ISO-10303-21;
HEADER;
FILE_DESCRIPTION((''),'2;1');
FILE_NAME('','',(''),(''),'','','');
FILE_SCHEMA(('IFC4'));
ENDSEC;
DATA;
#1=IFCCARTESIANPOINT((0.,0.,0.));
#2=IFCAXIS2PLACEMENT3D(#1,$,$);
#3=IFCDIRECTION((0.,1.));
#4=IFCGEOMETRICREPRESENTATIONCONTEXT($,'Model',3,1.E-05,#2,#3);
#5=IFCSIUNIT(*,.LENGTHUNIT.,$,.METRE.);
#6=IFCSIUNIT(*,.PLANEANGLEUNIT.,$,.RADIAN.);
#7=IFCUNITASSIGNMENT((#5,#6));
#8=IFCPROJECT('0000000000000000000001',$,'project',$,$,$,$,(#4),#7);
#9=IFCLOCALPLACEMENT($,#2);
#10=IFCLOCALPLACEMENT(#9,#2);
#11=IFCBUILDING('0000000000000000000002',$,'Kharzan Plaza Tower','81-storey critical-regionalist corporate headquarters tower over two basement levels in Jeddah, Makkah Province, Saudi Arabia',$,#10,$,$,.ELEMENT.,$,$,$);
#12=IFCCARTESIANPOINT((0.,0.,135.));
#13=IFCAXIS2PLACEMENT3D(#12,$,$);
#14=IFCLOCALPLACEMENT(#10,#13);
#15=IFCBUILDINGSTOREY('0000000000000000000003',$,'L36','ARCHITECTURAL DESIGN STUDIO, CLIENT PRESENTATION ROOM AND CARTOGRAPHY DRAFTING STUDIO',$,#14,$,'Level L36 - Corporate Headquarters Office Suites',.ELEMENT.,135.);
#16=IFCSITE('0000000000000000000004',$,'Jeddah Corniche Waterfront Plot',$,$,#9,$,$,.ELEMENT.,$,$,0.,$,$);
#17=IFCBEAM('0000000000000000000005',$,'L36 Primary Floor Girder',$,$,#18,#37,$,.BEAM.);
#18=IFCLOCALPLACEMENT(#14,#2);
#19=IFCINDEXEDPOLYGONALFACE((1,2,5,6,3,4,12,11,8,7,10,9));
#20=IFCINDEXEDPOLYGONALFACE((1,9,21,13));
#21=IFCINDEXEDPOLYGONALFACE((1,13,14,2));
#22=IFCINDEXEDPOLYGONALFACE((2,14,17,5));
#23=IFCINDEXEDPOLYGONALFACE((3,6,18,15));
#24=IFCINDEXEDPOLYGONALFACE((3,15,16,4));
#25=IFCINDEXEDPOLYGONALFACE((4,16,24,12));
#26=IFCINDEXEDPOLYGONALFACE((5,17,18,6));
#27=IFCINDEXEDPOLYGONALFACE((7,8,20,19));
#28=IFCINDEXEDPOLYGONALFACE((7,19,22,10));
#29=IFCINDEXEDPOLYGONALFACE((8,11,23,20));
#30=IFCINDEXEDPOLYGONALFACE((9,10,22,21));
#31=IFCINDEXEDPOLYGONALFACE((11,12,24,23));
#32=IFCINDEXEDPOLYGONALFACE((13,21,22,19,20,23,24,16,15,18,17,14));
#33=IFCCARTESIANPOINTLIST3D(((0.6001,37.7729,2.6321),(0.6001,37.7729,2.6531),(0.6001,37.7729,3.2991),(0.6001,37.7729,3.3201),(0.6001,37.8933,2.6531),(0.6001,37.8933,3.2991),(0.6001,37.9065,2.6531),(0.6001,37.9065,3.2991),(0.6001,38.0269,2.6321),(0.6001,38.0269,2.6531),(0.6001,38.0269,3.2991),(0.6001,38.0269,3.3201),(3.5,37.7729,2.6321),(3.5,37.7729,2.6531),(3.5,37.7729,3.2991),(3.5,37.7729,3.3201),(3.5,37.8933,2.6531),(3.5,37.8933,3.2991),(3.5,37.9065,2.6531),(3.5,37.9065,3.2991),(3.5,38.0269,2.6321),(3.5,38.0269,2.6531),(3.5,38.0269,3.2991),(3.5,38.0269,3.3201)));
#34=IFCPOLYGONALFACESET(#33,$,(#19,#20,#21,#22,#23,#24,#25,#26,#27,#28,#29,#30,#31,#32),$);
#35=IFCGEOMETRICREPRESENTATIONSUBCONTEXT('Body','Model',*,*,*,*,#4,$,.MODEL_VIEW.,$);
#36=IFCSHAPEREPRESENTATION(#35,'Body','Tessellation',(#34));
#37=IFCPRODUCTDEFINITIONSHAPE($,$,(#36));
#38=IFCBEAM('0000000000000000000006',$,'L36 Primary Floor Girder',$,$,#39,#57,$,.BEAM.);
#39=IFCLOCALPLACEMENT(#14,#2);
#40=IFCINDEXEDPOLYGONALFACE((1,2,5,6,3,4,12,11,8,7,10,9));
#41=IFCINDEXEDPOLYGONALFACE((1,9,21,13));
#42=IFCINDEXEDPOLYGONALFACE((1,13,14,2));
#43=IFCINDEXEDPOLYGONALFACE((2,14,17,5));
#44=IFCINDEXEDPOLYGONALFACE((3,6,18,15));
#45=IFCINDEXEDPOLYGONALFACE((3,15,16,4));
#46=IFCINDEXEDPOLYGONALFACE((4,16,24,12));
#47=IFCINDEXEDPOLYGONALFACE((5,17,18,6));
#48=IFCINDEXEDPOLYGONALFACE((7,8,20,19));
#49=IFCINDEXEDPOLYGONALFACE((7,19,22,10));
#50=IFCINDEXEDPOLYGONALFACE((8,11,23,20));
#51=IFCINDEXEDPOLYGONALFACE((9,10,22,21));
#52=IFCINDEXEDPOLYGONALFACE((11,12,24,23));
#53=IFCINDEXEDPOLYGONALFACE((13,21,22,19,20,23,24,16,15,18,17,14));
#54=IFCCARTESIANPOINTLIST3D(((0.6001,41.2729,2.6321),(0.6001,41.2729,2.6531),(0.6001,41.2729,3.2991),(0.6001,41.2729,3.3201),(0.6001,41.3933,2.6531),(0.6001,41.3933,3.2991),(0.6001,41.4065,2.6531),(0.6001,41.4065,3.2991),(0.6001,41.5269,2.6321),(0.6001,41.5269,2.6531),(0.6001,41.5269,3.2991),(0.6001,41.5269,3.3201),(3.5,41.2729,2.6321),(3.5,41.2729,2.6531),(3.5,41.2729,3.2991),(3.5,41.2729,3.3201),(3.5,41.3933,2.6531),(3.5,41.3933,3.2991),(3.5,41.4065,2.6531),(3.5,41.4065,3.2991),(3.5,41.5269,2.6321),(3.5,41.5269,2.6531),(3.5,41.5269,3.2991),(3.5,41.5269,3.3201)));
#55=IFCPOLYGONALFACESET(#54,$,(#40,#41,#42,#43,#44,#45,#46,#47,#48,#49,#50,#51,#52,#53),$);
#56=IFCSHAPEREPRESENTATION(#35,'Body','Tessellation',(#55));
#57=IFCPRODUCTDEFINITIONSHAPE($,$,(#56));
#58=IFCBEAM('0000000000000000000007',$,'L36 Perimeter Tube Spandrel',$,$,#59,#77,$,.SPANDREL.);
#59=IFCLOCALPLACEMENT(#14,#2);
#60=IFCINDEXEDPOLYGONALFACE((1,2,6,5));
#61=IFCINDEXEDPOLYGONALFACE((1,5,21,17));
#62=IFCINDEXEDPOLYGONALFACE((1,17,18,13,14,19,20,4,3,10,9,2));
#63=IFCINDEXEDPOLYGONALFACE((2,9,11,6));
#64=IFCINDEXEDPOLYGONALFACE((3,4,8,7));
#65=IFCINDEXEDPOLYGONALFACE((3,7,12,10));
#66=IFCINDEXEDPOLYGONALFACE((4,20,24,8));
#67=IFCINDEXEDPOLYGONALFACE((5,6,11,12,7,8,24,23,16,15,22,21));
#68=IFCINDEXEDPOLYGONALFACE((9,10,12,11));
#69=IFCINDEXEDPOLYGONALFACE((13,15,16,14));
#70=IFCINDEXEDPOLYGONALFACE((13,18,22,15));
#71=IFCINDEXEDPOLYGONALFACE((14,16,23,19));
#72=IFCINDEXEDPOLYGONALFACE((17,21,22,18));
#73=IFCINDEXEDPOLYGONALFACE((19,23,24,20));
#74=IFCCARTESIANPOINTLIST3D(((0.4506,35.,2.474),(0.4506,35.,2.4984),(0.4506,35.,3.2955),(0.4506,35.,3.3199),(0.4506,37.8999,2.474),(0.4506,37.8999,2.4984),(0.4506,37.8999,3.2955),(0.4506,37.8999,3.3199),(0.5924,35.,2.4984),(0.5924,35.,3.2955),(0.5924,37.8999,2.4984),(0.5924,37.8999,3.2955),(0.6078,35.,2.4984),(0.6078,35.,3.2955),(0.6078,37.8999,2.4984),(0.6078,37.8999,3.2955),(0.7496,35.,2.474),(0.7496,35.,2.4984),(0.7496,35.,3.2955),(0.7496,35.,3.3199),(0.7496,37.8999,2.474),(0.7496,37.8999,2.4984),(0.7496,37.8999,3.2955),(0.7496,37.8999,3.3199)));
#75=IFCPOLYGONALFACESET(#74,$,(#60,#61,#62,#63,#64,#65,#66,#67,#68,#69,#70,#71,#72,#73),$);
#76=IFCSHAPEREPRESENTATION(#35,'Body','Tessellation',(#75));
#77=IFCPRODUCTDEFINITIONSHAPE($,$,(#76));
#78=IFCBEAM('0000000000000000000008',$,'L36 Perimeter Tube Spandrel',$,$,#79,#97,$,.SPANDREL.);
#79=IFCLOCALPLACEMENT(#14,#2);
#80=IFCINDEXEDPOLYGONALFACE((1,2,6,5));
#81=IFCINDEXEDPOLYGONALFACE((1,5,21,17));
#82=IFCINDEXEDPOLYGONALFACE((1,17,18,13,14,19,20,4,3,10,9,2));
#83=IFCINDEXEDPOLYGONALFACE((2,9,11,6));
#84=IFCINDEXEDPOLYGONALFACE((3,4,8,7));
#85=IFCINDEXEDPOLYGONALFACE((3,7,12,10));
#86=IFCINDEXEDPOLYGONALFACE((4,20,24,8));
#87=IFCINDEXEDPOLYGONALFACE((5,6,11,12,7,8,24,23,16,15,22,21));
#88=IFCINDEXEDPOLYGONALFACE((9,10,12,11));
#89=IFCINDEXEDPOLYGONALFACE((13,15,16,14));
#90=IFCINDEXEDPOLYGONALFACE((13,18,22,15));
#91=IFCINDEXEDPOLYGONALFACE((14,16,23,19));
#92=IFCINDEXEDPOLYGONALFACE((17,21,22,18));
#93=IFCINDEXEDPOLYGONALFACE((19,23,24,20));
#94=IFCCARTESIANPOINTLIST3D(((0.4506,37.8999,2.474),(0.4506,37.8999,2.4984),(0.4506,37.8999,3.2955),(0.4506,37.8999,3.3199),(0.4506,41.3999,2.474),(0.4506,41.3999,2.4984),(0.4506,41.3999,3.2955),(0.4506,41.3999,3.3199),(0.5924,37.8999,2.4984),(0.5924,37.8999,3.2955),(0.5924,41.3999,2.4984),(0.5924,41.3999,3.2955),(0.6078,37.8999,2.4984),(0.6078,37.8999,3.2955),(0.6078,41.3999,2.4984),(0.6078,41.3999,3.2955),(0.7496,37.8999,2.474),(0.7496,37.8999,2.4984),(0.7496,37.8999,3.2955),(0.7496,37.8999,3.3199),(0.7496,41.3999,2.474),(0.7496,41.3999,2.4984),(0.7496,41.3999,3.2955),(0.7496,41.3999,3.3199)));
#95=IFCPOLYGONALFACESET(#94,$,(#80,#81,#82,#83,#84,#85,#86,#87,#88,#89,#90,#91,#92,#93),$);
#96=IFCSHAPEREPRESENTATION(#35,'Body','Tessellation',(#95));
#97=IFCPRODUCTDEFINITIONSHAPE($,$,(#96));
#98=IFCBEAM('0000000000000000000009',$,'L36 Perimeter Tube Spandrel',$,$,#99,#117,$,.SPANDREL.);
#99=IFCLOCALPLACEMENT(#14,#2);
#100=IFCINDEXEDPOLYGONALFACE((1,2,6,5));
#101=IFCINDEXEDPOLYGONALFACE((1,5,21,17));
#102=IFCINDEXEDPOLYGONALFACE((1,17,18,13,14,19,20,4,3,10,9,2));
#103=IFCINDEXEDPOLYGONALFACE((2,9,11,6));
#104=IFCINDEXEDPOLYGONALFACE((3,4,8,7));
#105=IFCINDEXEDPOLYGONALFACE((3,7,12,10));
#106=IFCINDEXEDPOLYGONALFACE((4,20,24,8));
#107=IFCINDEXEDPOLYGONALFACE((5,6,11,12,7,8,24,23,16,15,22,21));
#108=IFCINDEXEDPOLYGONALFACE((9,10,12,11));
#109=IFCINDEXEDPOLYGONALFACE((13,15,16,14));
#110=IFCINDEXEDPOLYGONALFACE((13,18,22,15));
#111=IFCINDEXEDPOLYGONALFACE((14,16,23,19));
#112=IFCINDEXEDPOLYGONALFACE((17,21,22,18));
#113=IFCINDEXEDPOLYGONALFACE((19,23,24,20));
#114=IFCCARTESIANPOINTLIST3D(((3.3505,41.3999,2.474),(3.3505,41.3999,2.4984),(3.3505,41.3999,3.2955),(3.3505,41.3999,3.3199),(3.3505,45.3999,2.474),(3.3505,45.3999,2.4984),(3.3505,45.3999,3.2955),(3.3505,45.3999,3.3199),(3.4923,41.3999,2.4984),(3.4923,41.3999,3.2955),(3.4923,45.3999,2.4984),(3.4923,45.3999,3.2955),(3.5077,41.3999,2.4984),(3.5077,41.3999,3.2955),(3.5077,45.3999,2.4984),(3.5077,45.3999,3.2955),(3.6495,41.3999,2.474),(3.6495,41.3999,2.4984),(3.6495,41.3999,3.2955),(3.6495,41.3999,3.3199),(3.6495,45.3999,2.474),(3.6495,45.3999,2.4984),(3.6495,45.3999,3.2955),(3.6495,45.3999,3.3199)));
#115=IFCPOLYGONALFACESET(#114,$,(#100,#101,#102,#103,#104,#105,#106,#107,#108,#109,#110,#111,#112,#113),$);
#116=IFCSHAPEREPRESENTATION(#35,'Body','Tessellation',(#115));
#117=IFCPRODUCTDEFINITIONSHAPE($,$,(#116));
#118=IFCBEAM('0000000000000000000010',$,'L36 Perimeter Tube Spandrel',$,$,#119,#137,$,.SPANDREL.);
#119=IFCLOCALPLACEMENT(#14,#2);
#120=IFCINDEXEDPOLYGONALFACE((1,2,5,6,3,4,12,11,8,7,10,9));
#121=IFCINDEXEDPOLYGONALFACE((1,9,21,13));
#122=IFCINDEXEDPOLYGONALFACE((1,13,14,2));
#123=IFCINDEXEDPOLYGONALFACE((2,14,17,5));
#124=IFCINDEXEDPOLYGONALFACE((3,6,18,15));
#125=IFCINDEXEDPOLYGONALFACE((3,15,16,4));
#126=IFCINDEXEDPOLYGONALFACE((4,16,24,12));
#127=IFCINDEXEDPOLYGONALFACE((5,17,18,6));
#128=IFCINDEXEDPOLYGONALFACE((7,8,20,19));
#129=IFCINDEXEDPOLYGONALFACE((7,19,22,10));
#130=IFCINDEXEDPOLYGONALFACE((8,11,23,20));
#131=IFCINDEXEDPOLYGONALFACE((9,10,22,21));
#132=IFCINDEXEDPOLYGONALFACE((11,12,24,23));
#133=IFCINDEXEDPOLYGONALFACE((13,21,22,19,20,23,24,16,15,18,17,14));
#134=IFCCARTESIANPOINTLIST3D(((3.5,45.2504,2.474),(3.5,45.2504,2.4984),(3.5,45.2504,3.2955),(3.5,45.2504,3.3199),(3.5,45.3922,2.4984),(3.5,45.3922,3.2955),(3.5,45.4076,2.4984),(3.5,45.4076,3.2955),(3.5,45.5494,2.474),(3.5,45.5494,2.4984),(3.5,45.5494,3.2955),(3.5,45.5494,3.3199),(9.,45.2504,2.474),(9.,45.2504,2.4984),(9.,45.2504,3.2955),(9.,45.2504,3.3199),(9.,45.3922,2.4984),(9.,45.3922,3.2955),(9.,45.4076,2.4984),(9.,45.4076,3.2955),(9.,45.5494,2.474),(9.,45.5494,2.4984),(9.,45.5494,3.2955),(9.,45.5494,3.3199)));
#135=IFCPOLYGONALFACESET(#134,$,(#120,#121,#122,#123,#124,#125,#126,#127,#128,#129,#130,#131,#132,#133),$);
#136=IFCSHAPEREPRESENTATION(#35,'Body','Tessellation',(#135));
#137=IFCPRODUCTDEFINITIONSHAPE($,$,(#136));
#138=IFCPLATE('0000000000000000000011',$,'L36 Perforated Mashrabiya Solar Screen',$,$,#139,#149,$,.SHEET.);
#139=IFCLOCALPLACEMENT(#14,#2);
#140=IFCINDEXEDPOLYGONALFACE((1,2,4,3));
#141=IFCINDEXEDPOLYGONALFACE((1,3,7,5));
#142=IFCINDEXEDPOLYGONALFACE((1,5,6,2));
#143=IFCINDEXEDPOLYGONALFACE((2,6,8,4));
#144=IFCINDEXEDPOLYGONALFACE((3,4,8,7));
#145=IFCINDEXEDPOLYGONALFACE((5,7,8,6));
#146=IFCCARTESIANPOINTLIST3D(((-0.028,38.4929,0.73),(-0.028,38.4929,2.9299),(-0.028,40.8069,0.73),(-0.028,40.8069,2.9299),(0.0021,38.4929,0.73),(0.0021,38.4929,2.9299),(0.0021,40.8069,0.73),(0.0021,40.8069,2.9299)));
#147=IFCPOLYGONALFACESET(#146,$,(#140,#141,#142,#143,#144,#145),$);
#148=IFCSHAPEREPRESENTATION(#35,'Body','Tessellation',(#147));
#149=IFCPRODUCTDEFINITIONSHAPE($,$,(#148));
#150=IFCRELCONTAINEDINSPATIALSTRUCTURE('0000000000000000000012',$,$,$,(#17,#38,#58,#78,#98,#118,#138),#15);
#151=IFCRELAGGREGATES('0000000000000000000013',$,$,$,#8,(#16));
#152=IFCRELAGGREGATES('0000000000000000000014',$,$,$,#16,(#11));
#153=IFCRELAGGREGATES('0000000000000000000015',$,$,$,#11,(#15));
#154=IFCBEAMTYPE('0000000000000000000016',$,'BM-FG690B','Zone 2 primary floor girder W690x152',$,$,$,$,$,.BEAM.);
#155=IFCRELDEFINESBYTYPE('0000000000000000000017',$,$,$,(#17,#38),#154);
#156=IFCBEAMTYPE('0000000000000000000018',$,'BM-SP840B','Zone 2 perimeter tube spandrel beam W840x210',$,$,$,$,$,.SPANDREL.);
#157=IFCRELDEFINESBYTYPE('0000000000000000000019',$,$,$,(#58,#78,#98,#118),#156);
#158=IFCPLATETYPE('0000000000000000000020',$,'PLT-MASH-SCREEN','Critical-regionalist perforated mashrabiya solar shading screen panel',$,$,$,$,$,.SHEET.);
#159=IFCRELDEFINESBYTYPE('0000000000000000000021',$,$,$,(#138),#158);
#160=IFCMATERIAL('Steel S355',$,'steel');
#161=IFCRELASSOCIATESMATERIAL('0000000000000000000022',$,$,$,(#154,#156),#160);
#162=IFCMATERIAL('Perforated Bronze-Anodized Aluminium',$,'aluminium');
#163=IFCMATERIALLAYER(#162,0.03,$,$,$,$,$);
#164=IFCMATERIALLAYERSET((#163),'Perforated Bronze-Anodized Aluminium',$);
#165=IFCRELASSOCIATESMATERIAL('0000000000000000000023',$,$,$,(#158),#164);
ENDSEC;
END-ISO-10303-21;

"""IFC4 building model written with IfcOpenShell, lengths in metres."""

from ifc_helpers import new_model, si_unit, direction, frame, origin, origin_2d, place, context, subcontext, project, spatial, rectangle, i_section, extrude, source, transform, mapped, material, layer, layer_set, material_profile, profile_set, type_object, element, save


model = new_model("IFC4")

# Units and contexts
model_context = context("Model", 3, precision=1e-05, world=origin(), true_north=direction((0.0, 1.0)))
body_context = subcontext(model_context, "Body", "Model", "MODEL_VIEW")
ifc_project = project(units=[si_unit("LENGTHUNIT", "METRE"), si_unit("PLANEANGLEUNIT", "RADIAN")], contexts=[model_context])

# Site, building, storey
site_placement = place(None, origin())
site = spatial("IfcSite", under=ifc_project, at=site_placement, Name="Jeddah Corniche Waterfront Plot", CompositionType="ELEMENT", RefElevation=0.0)
building_placement = place(site_placement, origin())
building = spatial("IfcBuilding", under=site, at=building_placement, Name="Kharzan Plaza Tower", Description="81-storey critical-regionalist corporate headquarters tower over two basement levels in Jeddah, Makkah Province, Saudi Arabia", CompositionType="ELEMENT")
storey_placement = place(building_placement, frame((0.0, 0.0, 135.0)))
storey = spatial("IfcBuildingStorey", under=building, at=storey_placement, Name="L36", Description="ARCHITECTURAL DESIGN STUDIO, CLIENT PRESENTATION ROOM AND CARTOGRAPHY DRAFTING STUDIO", LongName="Level L36 - Corporate Headquarters Office Suites", CompositionType="ELEMENT", Elevation=135.0)

# Beams
ifc_material_1 = material(Name="Steel S355", Category="steel")
ifc_material_profile_1 = material_profile(ifc_material_1, i_section(OverallWidth=0.2539, OverallDepth=0.688, WebThickness=0.0132, FlangeThickness=0.021, at=origin_2d()), Name="W690x152")
ifc_profile_set_1 = profile_set([ifc_material_profile_1], Name="Steel S355")
beam_type_1 = type_object("IfcBeamType", Name="BM-FG690B", Description="Zone 2 primary floor girder W690x152", PredefinedType="BEAM", material=ifc_profile_set_1)
shared_shape_1 = source(origin(), body_context, "Body", "SweptSolid", [
    extrude(i_section(OverallWidth=0.2539, OverallDepth=0.688, WebThickness=0.0132, FlangeThickness=0.021, at=origin_2d()), origin(), (0.0, 0.0, 1.0), 2.8999),
])
for number, where, z_axis, x_axis, name in (
    (1, (0.6001, 37.8999, 2.9761), (1.0, 0.0, 0.0), (0.0, 1.0, 0.0), "L36 Primary Floor Girder"),
    (2, (0.6001, 41.3999, 2.9761), (1.0, 0.0, 0.0), (0.0, 1.0, 0.0), "L36 Primary Floor Girder"),
):
    element("IfcBeam", number, at=place(storey_placement, frame(where, z_axis=z_axis, x_axis=x_axis)), inside=storey, type_object=beam_type_1, Name=name, PredefinedType="BEAM", context=body_context, shape_type="MappedRepresentation", body=[
        mapped(shared_shape_1, transform((0.0, 0.0, 0.0), x_axis=(1.0, 0.0, 0.0), y_axis=(0.0, 1.0, 0.0), z_axis=(0.0, 0.0, 1.0))),
    ])
ifc_material_profile_2 = material_profile(ifc_material_1, i_section(OverallWidth=0.2991, OverallDepth=0.8459, WebThickness=0.0154, FlangeThickness=0.0244, at=origin_2d()), Name="W840x210")
ifc_profile_set_2 = profile_set([ifc_material_profile_2], Name="Steel S355")
beam_type_2 = type_object("IfcBeamType", Name="BM-SP840B", Description="Zone 2 perimeter tube spandrel beam W840x210", PredefinedType="SPANDREL", material=ifc_profile_set_2)
shared_shape_2 = source(origin(), body_context, "Body", "SweptSolid", [
    extrude(i_section(OverallWidth=0.2991, OverallDepth=0.8459, WebThickness=0.0154, FlangeThickness=0.0244, at=origin_2d()), origin(), (0.0, 0.0, 1.0), 2.8999),
])
beam_1_placement = place(storey_placement, frame((0.6001, 35.0, 2.897), z_axis=(0.0, 1.0, 0.0), x_axis=(-1.0, 0.0, 0.0)))
element("IfcBeam", 3, at=beam_1_placement, inside=storey, type_object=beam_type_2, Name="L36 Perimeter Tube Spandrel", PredefinedType="SPANDREL", context=body_context, shape_type="MappedRepresentation", body=[
    mapped(shared_shape_2, transform((0.0, 0.0, 0.0), x_axis=(1.0, 0.0, 0.0), y_axis=(0.0, 1.0, 0.0), z_axis=(0.0, 0.0, 1.0))),
])
shared_shape_3 = source(origin(), body_context, "Body", "SweptSolid", [
    extrude(i_section(OverallWidth=0.2991, OverallDepth=0.8459, WebThickness=0.0154, FlangeThickness=0.0244, at=origin_2d()), origin(), (0.0, 0.0, 1.0), 3.5),
])
beam_2_placement = place(storey_placement, frame((0.6001, 37.8999, 2.897), z_axis=(0.0, 1.0, 0.0), x_axis=(-1.0, 0.0, 0.0)))
element("IfcBeam", 4, at=beam_2_placement, inside=storey, type_object=beam_type_2, Name="L36 Perimeter Tube Spandrel", PredefinedType="SPANDREL", context=body_context, shape_type="MappedRepresentation", body=[
    mapped(shared_shape_3, transform((0.0, 0.0, 0.0), x_axis=(1.0, 0.0, 0.0), y_axis=(0.0, 1.0, 0.0), z_axis=(0.0, 0.0, 1.0))),
])
shared_shape_4 = source(origin(), body_context, "Body", "SweptSolid", [
    extrude(i_section(OverallWidth=0.2991, OverallDepth=0.8459, WebThickness=0.0154, FlangeThickness=0.0244, at=origin_2d()), origin(), (0.0, 0.0, 1.0), 4.0),
])
beam_3_placement = place(storey_placement, frame((3.5, 41.3999, 2.897), z_axis=(0.0, 1.0, 0.0), x_axis=(-1.0, 0.0, 0.0)))
element("IfcBeam", 5, at=beam_3_placement, inside=storey, type_object=beam_type_2, Name="L36 Perimeter Tube Spandrel", PredefinedType="SPANDREL", context=body_context, shape_type="MappedRepresentation", body=[
    mapped(shared_shape_4, transform((0.0, 0.0, 0.0), x_axis=(1.0, 0.0, 0.0), y_axis=(0.0, 1.0, 0.0), z_axis=(0.0, 0.0, 1.0))),
])
shared_shape_5 = source(origin(), body_context, "Body", "SweptSolid", [
    extrude(i_section(OverallWidth=0.2991, OverallDepth=0.8459, WebThickness=0.0154, FlangeThickness=0.0244, at=origin_2d()), origin(), (0.0, 0.0, 1.0), 5.5),
])
beam_4_placement = place(storey_placement, frame((3.5, 45.3999, 2.897), z_axis=(1.0, 0.0, 0.0), x_axis=(0.0, 1.0, 0.0)))
element("IfcBeam", 6, at=beam_4_placement, inside=storey, type_object=beam_type_2, Name="L36 Perimeter Tube Spandrel", PredefinedType="SPANDREL", context=body_context, shape_type="MappedRepresentation", body=[
    mapped(shared_shape_5, transform((0.0, 0.0, 0.0), x_axis=(1.0, 0.0, 0.0), y_axis=(0.0, 1.0, 0.0), z_axis=(0.0, 0.0, 1.0))),
])

# Plate
ifc_material_2 = material(Name="Perforated Bronze-Anodized Aluminium", Category="aluminium")
ifc_layer_1 = layer(ifc_material_2, 0.03)
ifc_layer_set_1 = layer_set([ifc_layer_1], Name="Perforated Bronze-Anodized Aluminium")
plate_type = type_object("IfcPlateType", Name="PLT-MASH-SCREEN", Description="Critical-regionalist perforated mashrabiya solar shading screen panel", PredefinedType="SHEET", material=ifc_layer_set_1)
shared_shape_6 = source(origin(), body_context, "Body", "SweptSolid", [
    extrude(rectangle(XDim=2.314, YDim=0.03, at=origin_2d()), origin(), (0.0, 0.0, 1.0), 2.2),
])
plate_placement = place(storey_placement, frame((-0.0129, 39.6499, 0.73), z_axis=(0.0, 0.0, 1.0), x_axis=(0.0, -1.0, 0.0)))
element("IfcPlate", 7, at=plate_placement, inside=storey, type_object=plate_type, Name="L36 Perforated Mashrabiya Solar Screen", PredefinedType="SHEET", context=body_context, shape_type="MappedRepresentation", body=[
    mapped(shared_shape_6, transform((0.0, 0.0, 0.0), x_axis=(1.0, 0.0, 0.0), y_axis=(0.0, 1.0, 0.0), z_axis=(0.0, 0.0, 1.0))),
])

save(model, "model.ifc")
